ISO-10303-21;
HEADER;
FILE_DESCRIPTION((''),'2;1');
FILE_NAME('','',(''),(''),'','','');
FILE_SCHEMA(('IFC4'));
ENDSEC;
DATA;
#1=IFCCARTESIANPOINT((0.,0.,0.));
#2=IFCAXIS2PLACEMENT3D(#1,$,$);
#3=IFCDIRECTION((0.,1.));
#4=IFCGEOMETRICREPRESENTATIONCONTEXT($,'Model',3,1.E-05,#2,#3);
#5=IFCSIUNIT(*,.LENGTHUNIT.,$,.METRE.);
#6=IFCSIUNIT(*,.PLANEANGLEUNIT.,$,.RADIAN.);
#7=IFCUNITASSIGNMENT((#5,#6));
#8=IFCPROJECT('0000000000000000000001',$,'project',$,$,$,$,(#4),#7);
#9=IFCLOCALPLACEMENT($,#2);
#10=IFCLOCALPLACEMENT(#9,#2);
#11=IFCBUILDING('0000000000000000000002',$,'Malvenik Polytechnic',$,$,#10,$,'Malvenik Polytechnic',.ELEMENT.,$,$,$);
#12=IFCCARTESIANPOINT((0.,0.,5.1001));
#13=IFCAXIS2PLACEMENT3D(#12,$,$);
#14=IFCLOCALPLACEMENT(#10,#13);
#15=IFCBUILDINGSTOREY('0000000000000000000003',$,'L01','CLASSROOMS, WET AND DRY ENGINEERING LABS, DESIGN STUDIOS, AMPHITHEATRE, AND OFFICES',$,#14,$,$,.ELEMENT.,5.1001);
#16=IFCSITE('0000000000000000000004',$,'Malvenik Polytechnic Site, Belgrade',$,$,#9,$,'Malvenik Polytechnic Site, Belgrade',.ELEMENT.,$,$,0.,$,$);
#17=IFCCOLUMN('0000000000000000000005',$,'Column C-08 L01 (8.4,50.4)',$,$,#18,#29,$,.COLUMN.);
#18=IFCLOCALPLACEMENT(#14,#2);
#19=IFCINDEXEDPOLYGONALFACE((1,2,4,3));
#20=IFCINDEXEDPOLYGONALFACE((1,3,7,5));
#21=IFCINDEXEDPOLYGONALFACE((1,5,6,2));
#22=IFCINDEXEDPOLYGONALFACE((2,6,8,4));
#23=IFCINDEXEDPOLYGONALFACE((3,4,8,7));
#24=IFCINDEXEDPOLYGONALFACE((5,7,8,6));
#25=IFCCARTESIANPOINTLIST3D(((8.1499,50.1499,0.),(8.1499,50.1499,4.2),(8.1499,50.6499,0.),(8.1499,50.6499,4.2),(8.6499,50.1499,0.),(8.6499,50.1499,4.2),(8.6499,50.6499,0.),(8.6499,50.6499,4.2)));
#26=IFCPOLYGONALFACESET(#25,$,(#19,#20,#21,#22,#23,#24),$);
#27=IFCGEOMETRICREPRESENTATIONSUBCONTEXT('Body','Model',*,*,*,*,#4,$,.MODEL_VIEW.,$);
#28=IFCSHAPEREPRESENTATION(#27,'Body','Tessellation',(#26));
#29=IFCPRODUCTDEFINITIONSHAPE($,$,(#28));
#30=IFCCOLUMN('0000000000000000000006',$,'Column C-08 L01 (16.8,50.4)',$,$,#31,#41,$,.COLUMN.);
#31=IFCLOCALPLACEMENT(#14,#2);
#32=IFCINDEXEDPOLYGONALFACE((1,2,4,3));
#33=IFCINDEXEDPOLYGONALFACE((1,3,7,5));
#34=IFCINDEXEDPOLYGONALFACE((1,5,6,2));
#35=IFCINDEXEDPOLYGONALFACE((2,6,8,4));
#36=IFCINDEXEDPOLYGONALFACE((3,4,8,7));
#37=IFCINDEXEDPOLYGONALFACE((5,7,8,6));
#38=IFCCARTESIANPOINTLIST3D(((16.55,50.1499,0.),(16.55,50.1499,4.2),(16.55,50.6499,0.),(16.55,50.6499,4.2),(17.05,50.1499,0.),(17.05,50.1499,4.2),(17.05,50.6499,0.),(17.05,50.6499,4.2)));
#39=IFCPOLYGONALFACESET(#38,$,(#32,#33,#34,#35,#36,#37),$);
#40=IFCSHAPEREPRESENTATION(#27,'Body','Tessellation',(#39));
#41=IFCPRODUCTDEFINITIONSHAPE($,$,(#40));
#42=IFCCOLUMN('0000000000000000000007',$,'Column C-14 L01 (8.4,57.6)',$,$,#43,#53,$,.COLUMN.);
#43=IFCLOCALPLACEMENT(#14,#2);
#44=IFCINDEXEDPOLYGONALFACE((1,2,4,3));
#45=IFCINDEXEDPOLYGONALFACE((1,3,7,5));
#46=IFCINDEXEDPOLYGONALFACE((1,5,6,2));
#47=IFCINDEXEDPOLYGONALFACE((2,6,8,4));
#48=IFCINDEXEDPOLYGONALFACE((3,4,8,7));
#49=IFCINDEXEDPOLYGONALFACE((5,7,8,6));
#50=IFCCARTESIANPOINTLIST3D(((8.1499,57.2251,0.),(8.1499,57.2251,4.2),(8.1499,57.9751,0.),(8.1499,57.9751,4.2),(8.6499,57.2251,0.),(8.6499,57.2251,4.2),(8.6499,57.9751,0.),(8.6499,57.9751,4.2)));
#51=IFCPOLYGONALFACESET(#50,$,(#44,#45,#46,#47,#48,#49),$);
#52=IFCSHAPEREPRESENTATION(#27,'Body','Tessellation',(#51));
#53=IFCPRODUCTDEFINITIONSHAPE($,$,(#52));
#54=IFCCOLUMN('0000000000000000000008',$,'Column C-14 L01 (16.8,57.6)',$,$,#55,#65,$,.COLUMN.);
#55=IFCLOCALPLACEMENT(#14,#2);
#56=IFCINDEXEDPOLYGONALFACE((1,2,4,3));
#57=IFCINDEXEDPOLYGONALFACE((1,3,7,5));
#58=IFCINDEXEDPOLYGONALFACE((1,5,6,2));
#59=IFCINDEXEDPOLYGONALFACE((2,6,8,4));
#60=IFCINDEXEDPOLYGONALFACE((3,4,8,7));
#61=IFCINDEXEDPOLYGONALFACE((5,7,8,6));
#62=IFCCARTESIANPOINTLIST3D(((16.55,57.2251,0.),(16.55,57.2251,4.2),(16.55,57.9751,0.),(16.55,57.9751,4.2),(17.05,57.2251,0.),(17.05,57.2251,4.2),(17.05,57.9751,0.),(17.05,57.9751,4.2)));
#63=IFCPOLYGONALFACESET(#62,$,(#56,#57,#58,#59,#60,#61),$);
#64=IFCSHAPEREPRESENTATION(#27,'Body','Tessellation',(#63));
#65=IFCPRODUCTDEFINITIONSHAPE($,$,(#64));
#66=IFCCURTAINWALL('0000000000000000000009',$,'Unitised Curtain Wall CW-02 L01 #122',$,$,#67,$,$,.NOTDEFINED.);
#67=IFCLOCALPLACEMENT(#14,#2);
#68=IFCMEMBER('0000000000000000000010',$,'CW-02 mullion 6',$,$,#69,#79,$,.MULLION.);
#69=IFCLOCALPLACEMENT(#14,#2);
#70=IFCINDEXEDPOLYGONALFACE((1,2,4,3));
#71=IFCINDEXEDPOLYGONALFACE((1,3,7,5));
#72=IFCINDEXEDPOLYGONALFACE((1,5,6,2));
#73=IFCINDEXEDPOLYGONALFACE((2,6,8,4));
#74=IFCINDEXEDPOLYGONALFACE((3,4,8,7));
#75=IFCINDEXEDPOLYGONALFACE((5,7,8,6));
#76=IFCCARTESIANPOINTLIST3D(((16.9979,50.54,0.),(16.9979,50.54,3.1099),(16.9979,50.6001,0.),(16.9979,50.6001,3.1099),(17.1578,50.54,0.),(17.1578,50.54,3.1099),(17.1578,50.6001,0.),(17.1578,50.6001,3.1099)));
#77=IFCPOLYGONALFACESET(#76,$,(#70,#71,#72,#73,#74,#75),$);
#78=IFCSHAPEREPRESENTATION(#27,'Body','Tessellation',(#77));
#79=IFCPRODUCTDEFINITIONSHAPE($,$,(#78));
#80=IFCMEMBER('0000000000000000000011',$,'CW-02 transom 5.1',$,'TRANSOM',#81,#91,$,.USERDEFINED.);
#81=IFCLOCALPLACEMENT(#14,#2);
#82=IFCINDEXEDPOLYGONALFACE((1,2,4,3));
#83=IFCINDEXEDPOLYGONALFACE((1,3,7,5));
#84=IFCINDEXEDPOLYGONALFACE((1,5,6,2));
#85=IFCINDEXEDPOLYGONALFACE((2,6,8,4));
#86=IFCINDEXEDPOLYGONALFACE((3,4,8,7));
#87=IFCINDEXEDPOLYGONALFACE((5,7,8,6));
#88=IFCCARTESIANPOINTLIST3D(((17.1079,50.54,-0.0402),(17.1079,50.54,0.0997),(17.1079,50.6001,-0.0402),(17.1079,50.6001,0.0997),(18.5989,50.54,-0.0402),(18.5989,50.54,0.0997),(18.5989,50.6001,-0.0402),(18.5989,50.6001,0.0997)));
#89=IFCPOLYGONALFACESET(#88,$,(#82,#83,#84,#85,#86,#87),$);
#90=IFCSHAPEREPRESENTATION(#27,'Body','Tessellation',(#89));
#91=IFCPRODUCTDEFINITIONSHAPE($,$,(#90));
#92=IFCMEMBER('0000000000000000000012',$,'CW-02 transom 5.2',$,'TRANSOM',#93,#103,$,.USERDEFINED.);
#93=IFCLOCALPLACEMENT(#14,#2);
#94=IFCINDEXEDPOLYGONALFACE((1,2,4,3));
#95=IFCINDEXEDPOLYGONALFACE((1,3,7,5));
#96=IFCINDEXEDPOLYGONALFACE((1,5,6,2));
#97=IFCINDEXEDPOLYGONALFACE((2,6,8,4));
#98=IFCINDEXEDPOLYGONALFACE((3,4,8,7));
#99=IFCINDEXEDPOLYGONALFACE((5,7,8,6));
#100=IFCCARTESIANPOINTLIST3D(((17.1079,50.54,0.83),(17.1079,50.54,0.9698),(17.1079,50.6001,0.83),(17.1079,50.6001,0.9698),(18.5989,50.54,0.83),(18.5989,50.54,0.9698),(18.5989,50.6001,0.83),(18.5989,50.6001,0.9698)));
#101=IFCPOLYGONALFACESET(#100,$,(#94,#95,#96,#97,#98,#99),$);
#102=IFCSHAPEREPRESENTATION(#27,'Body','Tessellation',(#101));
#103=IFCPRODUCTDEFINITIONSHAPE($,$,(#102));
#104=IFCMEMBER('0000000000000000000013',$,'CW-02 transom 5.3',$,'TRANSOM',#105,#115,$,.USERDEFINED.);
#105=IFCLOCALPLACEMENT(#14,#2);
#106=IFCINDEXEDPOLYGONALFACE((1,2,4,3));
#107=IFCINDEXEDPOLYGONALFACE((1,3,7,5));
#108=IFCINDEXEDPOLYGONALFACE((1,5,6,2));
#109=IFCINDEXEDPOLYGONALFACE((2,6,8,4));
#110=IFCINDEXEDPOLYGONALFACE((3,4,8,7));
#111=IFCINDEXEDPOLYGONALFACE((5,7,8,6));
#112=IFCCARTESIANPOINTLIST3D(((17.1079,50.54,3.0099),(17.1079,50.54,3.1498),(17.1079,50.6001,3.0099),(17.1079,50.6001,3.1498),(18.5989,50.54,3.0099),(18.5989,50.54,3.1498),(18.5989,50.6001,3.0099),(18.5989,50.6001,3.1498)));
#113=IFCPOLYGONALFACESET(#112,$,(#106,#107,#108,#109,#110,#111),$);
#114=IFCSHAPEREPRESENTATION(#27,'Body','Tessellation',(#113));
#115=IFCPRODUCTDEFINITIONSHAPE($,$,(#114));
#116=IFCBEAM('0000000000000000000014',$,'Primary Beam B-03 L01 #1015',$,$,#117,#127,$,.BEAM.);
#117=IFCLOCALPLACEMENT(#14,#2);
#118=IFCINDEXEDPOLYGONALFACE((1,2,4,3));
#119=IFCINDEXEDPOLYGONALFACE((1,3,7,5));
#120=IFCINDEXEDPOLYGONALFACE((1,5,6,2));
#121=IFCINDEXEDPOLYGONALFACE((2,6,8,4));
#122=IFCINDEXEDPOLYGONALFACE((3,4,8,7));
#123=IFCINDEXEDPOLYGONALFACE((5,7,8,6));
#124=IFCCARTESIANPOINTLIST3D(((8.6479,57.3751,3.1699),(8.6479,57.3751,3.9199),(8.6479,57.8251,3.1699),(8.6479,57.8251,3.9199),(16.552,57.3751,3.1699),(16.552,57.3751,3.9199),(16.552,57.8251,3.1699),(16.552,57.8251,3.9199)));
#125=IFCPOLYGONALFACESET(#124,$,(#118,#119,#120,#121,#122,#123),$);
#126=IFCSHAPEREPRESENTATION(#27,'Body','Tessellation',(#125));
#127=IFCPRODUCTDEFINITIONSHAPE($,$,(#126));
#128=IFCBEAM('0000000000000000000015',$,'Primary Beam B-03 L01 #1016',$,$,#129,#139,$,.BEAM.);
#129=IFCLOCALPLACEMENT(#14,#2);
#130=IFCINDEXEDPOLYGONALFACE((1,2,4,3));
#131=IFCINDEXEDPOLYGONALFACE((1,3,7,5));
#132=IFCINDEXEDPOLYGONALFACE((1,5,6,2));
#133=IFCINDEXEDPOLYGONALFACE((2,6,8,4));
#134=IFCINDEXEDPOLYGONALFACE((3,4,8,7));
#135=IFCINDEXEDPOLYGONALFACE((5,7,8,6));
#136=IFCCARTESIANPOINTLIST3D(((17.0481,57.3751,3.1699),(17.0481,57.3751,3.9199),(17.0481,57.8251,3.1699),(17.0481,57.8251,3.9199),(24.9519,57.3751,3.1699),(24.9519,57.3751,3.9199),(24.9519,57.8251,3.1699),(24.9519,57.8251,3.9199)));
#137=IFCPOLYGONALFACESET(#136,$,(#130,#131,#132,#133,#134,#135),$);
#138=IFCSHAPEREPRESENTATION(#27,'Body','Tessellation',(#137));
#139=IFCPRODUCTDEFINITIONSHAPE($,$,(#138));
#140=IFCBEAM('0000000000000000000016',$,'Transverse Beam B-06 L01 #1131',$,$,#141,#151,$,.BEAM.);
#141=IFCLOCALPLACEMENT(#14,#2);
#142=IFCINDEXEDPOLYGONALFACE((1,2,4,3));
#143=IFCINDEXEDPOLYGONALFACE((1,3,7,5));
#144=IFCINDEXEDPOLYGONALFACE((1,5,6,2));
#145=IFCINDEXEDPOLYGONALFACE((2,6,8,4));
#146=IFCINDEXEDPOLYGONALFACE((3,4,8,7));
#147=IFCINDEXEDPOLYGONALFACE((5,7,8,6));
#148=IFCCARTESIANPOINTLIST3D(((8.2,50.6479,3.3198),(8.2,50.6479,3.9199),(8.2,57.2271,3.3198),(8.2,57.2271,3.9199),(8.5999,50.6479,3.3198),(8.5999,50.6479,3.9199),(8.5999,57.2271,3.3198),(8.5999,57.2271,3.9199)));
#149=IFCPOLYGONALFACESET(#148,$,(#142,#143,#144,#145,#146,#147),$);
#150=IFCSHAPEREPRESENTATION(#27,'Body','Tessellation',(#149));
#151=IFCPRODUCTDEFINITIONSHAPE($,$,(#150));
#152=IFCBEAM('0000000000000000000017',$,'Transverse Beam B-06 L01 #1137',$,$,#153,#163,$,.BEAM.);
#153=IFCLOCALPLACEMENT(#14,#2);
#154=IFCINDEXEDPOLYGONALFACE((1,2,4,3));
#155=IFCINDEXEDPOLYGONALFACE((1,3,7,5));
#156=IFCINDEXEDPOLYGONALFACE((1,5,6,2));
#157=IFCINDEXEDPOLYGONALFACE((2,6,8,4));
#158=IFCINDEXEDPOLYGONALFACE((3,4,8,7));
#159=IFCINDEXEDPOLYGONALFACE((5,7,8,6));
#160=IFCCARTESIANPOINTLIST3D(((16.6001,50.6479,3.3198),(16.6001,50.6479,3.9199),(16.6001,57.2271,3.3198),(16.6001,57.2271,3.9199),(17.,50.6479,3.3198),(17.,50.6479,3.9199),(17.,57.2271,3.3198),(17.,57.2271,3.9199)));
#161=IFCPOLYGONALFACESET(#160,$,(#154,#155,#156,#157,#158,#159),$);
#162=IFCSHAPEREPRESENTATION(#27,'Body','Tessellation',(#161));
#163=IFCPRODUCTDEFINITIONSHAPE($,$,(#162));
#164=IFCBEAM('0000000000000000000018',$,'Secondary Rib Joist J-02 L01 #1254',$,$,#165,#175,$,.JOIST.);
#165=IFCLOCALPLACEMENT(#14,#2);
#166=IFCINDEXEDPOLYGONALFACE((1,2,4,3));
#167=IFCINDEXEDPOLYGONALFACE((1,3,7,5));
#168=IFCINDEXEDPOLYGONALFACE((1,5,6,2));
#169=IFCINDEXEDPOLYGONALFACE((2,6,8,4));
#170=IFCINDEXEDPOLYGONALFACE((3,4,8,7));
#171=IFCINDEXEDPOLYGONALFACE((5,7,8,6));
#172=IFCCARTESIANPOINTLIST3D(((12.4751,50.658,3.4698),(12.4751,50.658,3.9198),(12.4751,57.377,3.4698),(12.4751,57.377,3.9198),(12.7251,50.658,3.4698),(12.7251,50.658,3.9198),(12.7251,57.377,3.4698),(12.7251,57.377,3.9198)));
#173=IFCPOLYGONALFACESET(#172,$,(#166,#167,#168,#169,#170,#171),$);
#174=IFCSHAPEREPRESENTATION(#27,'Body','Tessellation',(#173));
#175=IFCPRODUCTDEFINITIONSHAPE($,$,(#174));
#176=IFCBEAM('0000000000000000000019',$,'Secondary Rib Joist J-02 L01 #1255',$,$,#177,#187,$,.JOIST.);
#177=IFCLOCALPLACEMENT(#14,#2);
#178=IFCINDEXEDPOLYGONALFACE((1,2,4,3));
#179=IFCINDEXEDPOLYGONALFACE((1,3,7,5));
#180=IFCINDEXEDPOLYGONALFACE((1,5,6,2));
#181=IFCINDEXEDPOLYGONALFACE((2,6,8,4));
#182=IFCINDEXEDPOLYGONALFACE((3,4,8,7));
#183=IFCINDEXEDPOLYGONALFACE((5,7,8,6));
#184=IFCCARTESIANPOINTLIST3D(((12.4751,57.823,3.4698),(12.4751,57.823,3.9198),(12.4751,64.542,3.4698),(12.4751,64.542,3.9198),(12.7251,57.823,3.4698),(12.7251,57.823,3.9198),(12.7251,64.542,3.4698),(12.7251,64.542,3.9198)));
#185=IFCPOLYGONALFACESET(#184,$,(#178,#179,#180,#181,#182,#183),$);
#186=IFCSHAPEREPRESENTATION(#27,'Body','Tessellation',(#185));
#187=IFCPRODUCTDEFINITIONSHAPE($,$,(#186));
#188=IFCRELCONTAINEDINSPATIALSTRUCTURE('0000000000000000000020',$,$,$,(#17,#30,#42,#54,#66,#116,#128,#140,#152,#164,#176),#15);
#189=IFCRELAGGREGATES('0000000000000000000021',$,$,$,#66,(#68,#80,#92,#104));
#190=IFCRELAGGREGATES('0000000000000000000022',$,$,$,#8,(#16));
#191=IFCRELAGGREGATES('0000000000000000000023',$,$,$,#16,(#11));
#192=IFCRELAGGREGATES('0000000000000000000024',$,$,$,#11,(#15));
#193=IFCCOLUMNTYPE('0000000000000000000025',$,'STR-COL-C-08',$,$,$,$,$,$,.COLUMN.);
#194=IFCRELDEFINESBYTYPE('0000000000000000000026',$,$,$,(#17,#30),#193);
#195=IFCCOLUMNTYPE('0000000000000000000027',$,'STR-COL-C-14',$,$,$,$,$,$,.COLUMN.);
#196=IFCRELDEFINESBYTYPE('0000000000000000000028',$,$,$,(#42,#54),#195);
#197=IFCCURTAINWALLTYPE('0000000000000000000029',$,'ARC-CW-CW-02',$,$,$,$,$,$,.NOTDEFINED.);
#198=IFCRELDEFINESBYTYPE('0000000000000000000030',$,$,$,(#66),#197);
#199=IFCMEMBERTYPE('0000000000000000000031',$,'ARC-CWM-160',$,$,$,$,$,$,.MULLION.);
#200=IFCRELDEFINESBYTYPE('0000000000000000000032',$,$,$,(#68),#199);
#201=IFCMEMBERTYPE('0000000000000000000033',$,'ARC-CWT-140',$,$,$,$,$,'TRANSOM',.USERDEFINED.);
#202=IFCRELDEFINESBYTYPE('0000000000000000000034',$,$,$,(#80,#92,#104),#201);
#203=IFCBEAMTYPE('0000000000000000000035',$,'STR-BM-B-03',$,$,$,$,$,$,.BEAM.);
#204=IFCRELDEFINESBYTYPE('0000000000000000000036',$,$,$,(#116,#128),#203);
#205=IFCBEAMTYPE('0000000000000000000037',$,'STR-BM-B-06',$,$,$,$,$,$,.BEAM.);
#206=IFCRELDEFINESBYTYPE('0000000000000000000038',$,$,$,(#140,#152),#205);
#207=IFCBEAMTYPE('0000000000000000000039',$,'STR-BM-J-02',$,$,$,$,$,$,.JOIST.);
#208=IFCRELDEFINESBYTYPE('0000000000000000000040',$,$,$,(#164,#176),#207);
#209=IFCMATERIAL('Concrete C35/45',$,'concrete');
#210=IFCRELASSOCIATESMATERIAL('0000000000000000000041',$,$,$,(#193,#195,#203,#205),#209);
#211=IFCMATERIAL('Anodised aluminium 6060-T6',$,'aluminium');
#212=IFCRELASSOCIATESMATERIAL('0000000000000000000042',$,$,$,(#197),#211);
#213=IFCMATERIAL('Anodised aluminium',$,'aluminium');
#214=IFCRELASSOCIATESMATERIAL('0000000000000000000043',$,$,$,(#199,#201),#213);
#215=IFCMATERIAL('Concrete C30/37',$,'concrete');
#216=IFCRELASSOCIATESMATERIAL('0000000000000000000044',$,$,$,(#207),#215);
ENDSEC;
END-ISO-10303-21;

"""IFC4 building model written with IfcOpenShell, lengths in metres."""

from ifc_helpers import new_model, si_unit, direction, frame, origin, origin_2d, place, context, subcontext, project, spatial, rectangle, extrude, material, material_profile, profile_set, type_object, element, aggregate, save


model = new_model("IFC4")

# Units and contexts
model_context = context("Model", 3, precision=1e-05, world=origin(), true_north=direction((0.0, 1.0)))
body_context = subcontext(model_context, "Body", "Model", "MODEL_VIEW")
ifc_project = project(units=[si_unit("LENGTHUNIT", "METRE"), si_unit("PLANEANGLEUNIT", "RADIAN")], contexts=[model_context])

# Site, building, storey
site_placement = place(None, origin())
site = spatial("IfcSite", under=ifc_project, at=site_placement, Name="Malvenik Polytechnic Site, Belgrade", LongName="Malvenik Polytechnic Site, Belgrade", CompositionType="ELEMENT", RefElevation=0.0)
building_placement = place(site_placement, origin())
building = spatial("IfcBuilding", under=site, at=building_placement, Name="Malvenik Polytechnic", LongName="Malvenik Polytechnic", CompositionType="ELEMENT")
storey_placement = place(building_placement, frame((0.0, 0.0, 5.1001)))
storey = spatial("IfcBuildingStorey", under=building, at=storey_placement, Name="L01", Description="CLASSROOMS, WET AND DRY ENGINEERING LABS, DESIGN STUDIOS, AMPHITHEATRE, AND OFFICES", CompositionType="ELEMENT", Elevation=5.1001)

# Columns
ifc_material_1 = material(Name="Concrete C35/45", Category="concrete")
ifc_material_profile_1 = material_profile(ifc_material_1, rectangle(XDim=0.5, YDim=0.5, at=origin_2d()), Name="RC COL 500x500")
ifc_profile_set_1 = profile_set([ifc_material_profile_1], Name="Concrete C35/45")
column_type_1 = type_object("IfcColumnType", Name="STR-COL-C-08", PredefinedType="COLUMN", material=ifc_profile_set_1)
for number, where, z_axis, x_axis, name in (
    (1, (8.3999, 50.3999, 0.0), (0.0, 0.0, 1.0), (1.0, 0.0, 0.0), "Column C-08 L01 (8.4,50.4)"),
    (2, (16.8, 50.3999, 0.0), (0.0, 0.0, 1.0), (1.0, 0.0, 0.0), "Column C-08 L01 (16.8,50.4)"),
):
    element("IfcColumn", number, at=place(storey_placement, frame(where, z_axis=z_axis, x_axis=x_axis)), inside=storey, type_object=column_type_1, Name=name, PredefinedType="COLUMN", context=body_context, shape_type="SweptSolid", body=[
        extrude(rectangle(XDim=0.5, YDim=0.5, at=origin_2d()), origin(), (0.0, 0.0, 1.0), 4.2),
    ])
ifc_material_profile_2 = material_profile(ifc_material_1, rectangle(XDim=0.5, YDim=0.75, at=origin_2d()), Name="RC COL 750x500")
ifc_profile_set_2 = profile_set([ifc_material_profile_2], Name="Concrete C35/45")
column_type_2 = type_object("IfcColumnType", Name="STR-COL-C-14", PredefinedType="COLUMN", material=ifc_profile_set_2)
for number, where, z_axis, x_axis, name in (
    (3, (8.3999, 57.6001, 0.0), (0.0, 0.0, 1.0), (1.0, 0.0, 0.0), "Column C-14 L01 (8.4,57.6)"),
    (4, (16.8, 57.6001, 0.0), (0.0, 0.0, 1.0), (1.0, 0.0, 0.0), "Column C-14 L01 (16.8,57.6)"),
):
    element("IfcColumn", number, at=place(storey_placement, frame(where, z_axis=z_axis, x_axis=x_axis)), inside=storey, type_object=column_type_2, Name=name, PredefinedType="COLUMN", context=body_context, shape_type="SweptSolid", body=[
        extrude(rectangle(XDim=0.5, YDim=0.75, at=origin_2d()), origin(), (0.0, 0.0, 1.0), 4.2),
    ])

# Curtain wall, members
ifc_material_2 = material(Name="Anodised aluminium 6060-T6", Category="aluminium")
curtain_wall_type = type_object("IfcCurtainWallType", Name="ARC-CW-CW-02", PredefinedType="NOTDEFINED", material=ifc_material_2)
curtain_wall_placement = place(storey_placement, origin())
curtain_wall = element("IfcCurtainWall", 5, at=curtain_wall_placement, inside=storey, type_object=curtain_wall_type, Name="Unitised Curtain Wall CW-02 L01 #122", PredefinedType="NOTDEFINED")
ifc_material_3 = material(Name="Anodised aluminium", Category="aluminium")
ifc_material_profile_3 = material_profile(ifc_material_3, rectangle(XDim=0.0601, YDim=0.1599, at=origin_2d()), Name="ALU MULLION 60x160")
ifc_profile_set_3 = profile_set([ifc_material_profile_3], Name="Anodised aluminium")
member_type_1 = type_object("IfcMemberType", Name="ARC-CWM-160", PredefinedType="MULLION", material=ifc_profile_set_3)
member_1_placement = place(storey_placement, frame((17.0779, 50.5701, 0.0), z_axis=(0.0, 0.0, 1.0), x_axis=(0.0, -1.0, 0.0)))
member_1 = element("IfcMember", 6, at=member_1_placement, type_object=member_type_1, Name="CW-02 mullion 6", PredefinedType="MULLION", context=body_context, shape_type="SweptSolid", body=[
    extrude(rectangle(XDim=0.0601, YDim=0.1599, at=origin_2d()), origin(), (0.0, 0.0, 1.0), 3.1099),
])
ifc_material_profile_4 = material_profile(ifc_material_3, rectangle(XDim=0.0601, YDim=0.1399, at=origin_2d()), Name="ALU TRANSOM 60x140")
ifc_profile_set_4 = profile_set([ifc_material_profile_4], Name="Anodised aluminium")
member_type_2 = type_object("IfcMemberType", Name="ARC-CWT-140", ElementType="TRANSOM", PredefinedType="USERDEFINED", material=ifc_profile_set_4)
member_2_placement = place(storey_placement, frame((18.5989, 50.5701, 0.0298), z_axis=(-1.0, 0.0, 0.0), x_axis=(0.0, -1.0, 0.0)))
member_2 = element("IfcMember", 7, at=member_2_placement, type_object=member_type_2, Name="CW-02 transom 5.1", ObjectType="TRANSOM", PredefinedType="USERDEFINED", context=body_context, shape_type="SweptSolid", body=[
    extrude(rectangle(XDim=0.0601, YDim=0.1399, at=origin_2d()), origin(), (0.0, 0.0, 1.0), 1.491),
])
member_3_placement = place(storey_placement, frame((18.5989, 50.5701, 0.8999), z_axis=(-1.0, 0.0, 0.0), x_axis=(0.0, -1.0, 0.0)))
member_3 = element("IfcMember", 8, at=member_3_placement, type_object=member_type_2, Name="CW-02 transom 5.2", ObjectType="TRANSOM", PredefinedType="USERDEFINED", context=body_context, shape_type="SweptSolid", body=[
    extrude(rectangle(XDim=0.0601, YDim=0.1399, at=origin_2d()), origin(), (0.0, 0.0, 1.0), 1.491),
])
member_4_placement = place(storey_placement, frame((18.5989, 50.5701, 3.0798), z_axis=(-1.0, 0.0, 0.0), x_axis=(0.0, -1.0, 0.0)))
member_4 = element("IfcMember", 9, at=member_4_placement, type_object=member_type_2, Name="CW-02 transom 5.3", ObjectType="TRANSOM", PredefinedType="USERDEFINED", context=body_context, shape_type="SweptSolid", body=[
    extrude(rectangle(XDim=0.0601, YDim=0.1399, at=origin_2d()), origin(), (0.0, 0.0, 1.0), 1.491),
])

# Beams
ifc_material_profile_5 = material_profile(ifc_material_1, rectangle(XDim=0.45, YDim=0.75, at=origin_2d()), Name="RC BM 450x750")
ifc_profile_set_5 = profile_set([ifc_material_profile_5], Name="Concrete C35/45")
beam_type_1 = type_object("IfcBeamType", Name="STR-BM-B-03", PredefinedType="BEAM", material=ifc_profile_set_5)
beam_1_placement = place(storey_placement, frame((8.6479, 57.6001, 3.5449), z_axis=(1.0, 0.0, 0.0), x_axis=(0.0, 1.0, 0.0)))
element("IfcBeam", 10, at=beam_1_placement, inside=storey, type_object=beam_type_1, Name="Primary Beam B-03 L01 #1015", PredefinedType="BEAM", context=body_context, shape_type="SweptSolid", body=[
    extrude(rectangle(XDim=0.45, YDim=0.75, at=origin_2d()), origin(), (0.0, 0.0, 1.0), 7.9041),
])
beam_2_placement = place(storey_placement, frame((17.0481, 57.6001, 3.5449), z_axis=(1.0, 0.0, 0.0), x_axis=(0.0, 1.0, 0.0)))
element("IfcBeam", 11, at=beam_2_placement, inside=storey, type_object=beam_type_1, Name="Primary Beam B-03 L01 #1016", PredefinedType="BEAM", context=body_context, shape_type="SweptSolid", body=[
    extrude(rectangle(XDim=0.45, YDim=0.75, at=origin_2d()), origin(), (0.0, 0.0, 1.0), 7.9038),
])
ifc_material_profile_6 = material_profile(ifc_material_1, rectangle(XDim=0.3999, YDim=0.6001, at=origin_2d()), Name="RC BM 400x600")
ifc_profile_set_6 = profile_set([ifc_material_profile_6], Name="Concrete C35/45")
beam_type_2 = type_object("IfcBeamType", Name="STR-BM-B-06", PredefinedType="BEAM", material=ifc_profile_set_6)
for number, where, z_axis, x_axis, name in (
    (12, (8.3999, 50.6479, 3.6199), (0.0, 1.0, 0.0), (-1.0, 0.0, 0.0), "Transverse Beam B-06 L01 #1131"),
    (13, (16.8, 50.6479, 3.6199), (0.0, 1.0, 0.0), (-1.0, 0.0, 0.0), "Transverse Beam B-06 L01 #1137"),
):
    element("IfcBeam", number, at=place(storey_placement, frame(where, z_axis=z_axis, x_axis=x_axis)), inside=storey, type_object=beam_type_2, Name=name, PredefinedType="BEAM", context=body_context, shape_type="SweptSolid", body=[
        extrude(rectangle(XDim=0.3999, YDim=0.6001, at=origin_2d()), origin(), (0.0, 0.0, 1.0), 6.5791),
    ])
ifc_material_4 = material(Name="Concrete C30/37", Category="concrete")
ifc_material_profile_7 = material_profile(ifc_material_4, rectangle(XDim=0.25, YDim=0.45, at=origin_2d()), Name="RC JST 250x450")
ifc_profile_set_7 = profile_set([ifc_material_profile_7], Name="Concrete C30/37")
beam_type_3 = type_object("IfcBeamType", Name="STR-BM-J-02", PredefinedType="JOIST", material=ifc_profile_set_7)
for number, where, z_axis, x_axis, name in (
    (14, (12.6001, 50.658, 3.6948), (0.0, 1.0, 0.0), (-1.0, 0.0, 0.0), "Secondary Rib Joist J-02 L01 #1254"),
    (15, (12.6001, 57.823, 3.6948), (0.0, 1.0, 0.0), (-1.0, 0.0, 0.0), "Secondary Rib Joist J-02 L01 #1255"),
):
    element("IfcBeam", number, at=place(storey_placement, frame(where, z_axis=z_axis, x_axis=x_axis)), inside=storey, type_object=beam_type_3, Name=name, PredefinedType="JOIST", context=body_context, shape_type="SweptSolid", body=[
        extrude(rectangle(XDim=0.25, YDim=0.45, at=origin_2d()), origin(), (0.0, 0.0, 1.0), 6.719),
    ])

aggregate(curtain_wall, [member_1, member_2, member_3, member_4])

save(model, "model.ifc")
